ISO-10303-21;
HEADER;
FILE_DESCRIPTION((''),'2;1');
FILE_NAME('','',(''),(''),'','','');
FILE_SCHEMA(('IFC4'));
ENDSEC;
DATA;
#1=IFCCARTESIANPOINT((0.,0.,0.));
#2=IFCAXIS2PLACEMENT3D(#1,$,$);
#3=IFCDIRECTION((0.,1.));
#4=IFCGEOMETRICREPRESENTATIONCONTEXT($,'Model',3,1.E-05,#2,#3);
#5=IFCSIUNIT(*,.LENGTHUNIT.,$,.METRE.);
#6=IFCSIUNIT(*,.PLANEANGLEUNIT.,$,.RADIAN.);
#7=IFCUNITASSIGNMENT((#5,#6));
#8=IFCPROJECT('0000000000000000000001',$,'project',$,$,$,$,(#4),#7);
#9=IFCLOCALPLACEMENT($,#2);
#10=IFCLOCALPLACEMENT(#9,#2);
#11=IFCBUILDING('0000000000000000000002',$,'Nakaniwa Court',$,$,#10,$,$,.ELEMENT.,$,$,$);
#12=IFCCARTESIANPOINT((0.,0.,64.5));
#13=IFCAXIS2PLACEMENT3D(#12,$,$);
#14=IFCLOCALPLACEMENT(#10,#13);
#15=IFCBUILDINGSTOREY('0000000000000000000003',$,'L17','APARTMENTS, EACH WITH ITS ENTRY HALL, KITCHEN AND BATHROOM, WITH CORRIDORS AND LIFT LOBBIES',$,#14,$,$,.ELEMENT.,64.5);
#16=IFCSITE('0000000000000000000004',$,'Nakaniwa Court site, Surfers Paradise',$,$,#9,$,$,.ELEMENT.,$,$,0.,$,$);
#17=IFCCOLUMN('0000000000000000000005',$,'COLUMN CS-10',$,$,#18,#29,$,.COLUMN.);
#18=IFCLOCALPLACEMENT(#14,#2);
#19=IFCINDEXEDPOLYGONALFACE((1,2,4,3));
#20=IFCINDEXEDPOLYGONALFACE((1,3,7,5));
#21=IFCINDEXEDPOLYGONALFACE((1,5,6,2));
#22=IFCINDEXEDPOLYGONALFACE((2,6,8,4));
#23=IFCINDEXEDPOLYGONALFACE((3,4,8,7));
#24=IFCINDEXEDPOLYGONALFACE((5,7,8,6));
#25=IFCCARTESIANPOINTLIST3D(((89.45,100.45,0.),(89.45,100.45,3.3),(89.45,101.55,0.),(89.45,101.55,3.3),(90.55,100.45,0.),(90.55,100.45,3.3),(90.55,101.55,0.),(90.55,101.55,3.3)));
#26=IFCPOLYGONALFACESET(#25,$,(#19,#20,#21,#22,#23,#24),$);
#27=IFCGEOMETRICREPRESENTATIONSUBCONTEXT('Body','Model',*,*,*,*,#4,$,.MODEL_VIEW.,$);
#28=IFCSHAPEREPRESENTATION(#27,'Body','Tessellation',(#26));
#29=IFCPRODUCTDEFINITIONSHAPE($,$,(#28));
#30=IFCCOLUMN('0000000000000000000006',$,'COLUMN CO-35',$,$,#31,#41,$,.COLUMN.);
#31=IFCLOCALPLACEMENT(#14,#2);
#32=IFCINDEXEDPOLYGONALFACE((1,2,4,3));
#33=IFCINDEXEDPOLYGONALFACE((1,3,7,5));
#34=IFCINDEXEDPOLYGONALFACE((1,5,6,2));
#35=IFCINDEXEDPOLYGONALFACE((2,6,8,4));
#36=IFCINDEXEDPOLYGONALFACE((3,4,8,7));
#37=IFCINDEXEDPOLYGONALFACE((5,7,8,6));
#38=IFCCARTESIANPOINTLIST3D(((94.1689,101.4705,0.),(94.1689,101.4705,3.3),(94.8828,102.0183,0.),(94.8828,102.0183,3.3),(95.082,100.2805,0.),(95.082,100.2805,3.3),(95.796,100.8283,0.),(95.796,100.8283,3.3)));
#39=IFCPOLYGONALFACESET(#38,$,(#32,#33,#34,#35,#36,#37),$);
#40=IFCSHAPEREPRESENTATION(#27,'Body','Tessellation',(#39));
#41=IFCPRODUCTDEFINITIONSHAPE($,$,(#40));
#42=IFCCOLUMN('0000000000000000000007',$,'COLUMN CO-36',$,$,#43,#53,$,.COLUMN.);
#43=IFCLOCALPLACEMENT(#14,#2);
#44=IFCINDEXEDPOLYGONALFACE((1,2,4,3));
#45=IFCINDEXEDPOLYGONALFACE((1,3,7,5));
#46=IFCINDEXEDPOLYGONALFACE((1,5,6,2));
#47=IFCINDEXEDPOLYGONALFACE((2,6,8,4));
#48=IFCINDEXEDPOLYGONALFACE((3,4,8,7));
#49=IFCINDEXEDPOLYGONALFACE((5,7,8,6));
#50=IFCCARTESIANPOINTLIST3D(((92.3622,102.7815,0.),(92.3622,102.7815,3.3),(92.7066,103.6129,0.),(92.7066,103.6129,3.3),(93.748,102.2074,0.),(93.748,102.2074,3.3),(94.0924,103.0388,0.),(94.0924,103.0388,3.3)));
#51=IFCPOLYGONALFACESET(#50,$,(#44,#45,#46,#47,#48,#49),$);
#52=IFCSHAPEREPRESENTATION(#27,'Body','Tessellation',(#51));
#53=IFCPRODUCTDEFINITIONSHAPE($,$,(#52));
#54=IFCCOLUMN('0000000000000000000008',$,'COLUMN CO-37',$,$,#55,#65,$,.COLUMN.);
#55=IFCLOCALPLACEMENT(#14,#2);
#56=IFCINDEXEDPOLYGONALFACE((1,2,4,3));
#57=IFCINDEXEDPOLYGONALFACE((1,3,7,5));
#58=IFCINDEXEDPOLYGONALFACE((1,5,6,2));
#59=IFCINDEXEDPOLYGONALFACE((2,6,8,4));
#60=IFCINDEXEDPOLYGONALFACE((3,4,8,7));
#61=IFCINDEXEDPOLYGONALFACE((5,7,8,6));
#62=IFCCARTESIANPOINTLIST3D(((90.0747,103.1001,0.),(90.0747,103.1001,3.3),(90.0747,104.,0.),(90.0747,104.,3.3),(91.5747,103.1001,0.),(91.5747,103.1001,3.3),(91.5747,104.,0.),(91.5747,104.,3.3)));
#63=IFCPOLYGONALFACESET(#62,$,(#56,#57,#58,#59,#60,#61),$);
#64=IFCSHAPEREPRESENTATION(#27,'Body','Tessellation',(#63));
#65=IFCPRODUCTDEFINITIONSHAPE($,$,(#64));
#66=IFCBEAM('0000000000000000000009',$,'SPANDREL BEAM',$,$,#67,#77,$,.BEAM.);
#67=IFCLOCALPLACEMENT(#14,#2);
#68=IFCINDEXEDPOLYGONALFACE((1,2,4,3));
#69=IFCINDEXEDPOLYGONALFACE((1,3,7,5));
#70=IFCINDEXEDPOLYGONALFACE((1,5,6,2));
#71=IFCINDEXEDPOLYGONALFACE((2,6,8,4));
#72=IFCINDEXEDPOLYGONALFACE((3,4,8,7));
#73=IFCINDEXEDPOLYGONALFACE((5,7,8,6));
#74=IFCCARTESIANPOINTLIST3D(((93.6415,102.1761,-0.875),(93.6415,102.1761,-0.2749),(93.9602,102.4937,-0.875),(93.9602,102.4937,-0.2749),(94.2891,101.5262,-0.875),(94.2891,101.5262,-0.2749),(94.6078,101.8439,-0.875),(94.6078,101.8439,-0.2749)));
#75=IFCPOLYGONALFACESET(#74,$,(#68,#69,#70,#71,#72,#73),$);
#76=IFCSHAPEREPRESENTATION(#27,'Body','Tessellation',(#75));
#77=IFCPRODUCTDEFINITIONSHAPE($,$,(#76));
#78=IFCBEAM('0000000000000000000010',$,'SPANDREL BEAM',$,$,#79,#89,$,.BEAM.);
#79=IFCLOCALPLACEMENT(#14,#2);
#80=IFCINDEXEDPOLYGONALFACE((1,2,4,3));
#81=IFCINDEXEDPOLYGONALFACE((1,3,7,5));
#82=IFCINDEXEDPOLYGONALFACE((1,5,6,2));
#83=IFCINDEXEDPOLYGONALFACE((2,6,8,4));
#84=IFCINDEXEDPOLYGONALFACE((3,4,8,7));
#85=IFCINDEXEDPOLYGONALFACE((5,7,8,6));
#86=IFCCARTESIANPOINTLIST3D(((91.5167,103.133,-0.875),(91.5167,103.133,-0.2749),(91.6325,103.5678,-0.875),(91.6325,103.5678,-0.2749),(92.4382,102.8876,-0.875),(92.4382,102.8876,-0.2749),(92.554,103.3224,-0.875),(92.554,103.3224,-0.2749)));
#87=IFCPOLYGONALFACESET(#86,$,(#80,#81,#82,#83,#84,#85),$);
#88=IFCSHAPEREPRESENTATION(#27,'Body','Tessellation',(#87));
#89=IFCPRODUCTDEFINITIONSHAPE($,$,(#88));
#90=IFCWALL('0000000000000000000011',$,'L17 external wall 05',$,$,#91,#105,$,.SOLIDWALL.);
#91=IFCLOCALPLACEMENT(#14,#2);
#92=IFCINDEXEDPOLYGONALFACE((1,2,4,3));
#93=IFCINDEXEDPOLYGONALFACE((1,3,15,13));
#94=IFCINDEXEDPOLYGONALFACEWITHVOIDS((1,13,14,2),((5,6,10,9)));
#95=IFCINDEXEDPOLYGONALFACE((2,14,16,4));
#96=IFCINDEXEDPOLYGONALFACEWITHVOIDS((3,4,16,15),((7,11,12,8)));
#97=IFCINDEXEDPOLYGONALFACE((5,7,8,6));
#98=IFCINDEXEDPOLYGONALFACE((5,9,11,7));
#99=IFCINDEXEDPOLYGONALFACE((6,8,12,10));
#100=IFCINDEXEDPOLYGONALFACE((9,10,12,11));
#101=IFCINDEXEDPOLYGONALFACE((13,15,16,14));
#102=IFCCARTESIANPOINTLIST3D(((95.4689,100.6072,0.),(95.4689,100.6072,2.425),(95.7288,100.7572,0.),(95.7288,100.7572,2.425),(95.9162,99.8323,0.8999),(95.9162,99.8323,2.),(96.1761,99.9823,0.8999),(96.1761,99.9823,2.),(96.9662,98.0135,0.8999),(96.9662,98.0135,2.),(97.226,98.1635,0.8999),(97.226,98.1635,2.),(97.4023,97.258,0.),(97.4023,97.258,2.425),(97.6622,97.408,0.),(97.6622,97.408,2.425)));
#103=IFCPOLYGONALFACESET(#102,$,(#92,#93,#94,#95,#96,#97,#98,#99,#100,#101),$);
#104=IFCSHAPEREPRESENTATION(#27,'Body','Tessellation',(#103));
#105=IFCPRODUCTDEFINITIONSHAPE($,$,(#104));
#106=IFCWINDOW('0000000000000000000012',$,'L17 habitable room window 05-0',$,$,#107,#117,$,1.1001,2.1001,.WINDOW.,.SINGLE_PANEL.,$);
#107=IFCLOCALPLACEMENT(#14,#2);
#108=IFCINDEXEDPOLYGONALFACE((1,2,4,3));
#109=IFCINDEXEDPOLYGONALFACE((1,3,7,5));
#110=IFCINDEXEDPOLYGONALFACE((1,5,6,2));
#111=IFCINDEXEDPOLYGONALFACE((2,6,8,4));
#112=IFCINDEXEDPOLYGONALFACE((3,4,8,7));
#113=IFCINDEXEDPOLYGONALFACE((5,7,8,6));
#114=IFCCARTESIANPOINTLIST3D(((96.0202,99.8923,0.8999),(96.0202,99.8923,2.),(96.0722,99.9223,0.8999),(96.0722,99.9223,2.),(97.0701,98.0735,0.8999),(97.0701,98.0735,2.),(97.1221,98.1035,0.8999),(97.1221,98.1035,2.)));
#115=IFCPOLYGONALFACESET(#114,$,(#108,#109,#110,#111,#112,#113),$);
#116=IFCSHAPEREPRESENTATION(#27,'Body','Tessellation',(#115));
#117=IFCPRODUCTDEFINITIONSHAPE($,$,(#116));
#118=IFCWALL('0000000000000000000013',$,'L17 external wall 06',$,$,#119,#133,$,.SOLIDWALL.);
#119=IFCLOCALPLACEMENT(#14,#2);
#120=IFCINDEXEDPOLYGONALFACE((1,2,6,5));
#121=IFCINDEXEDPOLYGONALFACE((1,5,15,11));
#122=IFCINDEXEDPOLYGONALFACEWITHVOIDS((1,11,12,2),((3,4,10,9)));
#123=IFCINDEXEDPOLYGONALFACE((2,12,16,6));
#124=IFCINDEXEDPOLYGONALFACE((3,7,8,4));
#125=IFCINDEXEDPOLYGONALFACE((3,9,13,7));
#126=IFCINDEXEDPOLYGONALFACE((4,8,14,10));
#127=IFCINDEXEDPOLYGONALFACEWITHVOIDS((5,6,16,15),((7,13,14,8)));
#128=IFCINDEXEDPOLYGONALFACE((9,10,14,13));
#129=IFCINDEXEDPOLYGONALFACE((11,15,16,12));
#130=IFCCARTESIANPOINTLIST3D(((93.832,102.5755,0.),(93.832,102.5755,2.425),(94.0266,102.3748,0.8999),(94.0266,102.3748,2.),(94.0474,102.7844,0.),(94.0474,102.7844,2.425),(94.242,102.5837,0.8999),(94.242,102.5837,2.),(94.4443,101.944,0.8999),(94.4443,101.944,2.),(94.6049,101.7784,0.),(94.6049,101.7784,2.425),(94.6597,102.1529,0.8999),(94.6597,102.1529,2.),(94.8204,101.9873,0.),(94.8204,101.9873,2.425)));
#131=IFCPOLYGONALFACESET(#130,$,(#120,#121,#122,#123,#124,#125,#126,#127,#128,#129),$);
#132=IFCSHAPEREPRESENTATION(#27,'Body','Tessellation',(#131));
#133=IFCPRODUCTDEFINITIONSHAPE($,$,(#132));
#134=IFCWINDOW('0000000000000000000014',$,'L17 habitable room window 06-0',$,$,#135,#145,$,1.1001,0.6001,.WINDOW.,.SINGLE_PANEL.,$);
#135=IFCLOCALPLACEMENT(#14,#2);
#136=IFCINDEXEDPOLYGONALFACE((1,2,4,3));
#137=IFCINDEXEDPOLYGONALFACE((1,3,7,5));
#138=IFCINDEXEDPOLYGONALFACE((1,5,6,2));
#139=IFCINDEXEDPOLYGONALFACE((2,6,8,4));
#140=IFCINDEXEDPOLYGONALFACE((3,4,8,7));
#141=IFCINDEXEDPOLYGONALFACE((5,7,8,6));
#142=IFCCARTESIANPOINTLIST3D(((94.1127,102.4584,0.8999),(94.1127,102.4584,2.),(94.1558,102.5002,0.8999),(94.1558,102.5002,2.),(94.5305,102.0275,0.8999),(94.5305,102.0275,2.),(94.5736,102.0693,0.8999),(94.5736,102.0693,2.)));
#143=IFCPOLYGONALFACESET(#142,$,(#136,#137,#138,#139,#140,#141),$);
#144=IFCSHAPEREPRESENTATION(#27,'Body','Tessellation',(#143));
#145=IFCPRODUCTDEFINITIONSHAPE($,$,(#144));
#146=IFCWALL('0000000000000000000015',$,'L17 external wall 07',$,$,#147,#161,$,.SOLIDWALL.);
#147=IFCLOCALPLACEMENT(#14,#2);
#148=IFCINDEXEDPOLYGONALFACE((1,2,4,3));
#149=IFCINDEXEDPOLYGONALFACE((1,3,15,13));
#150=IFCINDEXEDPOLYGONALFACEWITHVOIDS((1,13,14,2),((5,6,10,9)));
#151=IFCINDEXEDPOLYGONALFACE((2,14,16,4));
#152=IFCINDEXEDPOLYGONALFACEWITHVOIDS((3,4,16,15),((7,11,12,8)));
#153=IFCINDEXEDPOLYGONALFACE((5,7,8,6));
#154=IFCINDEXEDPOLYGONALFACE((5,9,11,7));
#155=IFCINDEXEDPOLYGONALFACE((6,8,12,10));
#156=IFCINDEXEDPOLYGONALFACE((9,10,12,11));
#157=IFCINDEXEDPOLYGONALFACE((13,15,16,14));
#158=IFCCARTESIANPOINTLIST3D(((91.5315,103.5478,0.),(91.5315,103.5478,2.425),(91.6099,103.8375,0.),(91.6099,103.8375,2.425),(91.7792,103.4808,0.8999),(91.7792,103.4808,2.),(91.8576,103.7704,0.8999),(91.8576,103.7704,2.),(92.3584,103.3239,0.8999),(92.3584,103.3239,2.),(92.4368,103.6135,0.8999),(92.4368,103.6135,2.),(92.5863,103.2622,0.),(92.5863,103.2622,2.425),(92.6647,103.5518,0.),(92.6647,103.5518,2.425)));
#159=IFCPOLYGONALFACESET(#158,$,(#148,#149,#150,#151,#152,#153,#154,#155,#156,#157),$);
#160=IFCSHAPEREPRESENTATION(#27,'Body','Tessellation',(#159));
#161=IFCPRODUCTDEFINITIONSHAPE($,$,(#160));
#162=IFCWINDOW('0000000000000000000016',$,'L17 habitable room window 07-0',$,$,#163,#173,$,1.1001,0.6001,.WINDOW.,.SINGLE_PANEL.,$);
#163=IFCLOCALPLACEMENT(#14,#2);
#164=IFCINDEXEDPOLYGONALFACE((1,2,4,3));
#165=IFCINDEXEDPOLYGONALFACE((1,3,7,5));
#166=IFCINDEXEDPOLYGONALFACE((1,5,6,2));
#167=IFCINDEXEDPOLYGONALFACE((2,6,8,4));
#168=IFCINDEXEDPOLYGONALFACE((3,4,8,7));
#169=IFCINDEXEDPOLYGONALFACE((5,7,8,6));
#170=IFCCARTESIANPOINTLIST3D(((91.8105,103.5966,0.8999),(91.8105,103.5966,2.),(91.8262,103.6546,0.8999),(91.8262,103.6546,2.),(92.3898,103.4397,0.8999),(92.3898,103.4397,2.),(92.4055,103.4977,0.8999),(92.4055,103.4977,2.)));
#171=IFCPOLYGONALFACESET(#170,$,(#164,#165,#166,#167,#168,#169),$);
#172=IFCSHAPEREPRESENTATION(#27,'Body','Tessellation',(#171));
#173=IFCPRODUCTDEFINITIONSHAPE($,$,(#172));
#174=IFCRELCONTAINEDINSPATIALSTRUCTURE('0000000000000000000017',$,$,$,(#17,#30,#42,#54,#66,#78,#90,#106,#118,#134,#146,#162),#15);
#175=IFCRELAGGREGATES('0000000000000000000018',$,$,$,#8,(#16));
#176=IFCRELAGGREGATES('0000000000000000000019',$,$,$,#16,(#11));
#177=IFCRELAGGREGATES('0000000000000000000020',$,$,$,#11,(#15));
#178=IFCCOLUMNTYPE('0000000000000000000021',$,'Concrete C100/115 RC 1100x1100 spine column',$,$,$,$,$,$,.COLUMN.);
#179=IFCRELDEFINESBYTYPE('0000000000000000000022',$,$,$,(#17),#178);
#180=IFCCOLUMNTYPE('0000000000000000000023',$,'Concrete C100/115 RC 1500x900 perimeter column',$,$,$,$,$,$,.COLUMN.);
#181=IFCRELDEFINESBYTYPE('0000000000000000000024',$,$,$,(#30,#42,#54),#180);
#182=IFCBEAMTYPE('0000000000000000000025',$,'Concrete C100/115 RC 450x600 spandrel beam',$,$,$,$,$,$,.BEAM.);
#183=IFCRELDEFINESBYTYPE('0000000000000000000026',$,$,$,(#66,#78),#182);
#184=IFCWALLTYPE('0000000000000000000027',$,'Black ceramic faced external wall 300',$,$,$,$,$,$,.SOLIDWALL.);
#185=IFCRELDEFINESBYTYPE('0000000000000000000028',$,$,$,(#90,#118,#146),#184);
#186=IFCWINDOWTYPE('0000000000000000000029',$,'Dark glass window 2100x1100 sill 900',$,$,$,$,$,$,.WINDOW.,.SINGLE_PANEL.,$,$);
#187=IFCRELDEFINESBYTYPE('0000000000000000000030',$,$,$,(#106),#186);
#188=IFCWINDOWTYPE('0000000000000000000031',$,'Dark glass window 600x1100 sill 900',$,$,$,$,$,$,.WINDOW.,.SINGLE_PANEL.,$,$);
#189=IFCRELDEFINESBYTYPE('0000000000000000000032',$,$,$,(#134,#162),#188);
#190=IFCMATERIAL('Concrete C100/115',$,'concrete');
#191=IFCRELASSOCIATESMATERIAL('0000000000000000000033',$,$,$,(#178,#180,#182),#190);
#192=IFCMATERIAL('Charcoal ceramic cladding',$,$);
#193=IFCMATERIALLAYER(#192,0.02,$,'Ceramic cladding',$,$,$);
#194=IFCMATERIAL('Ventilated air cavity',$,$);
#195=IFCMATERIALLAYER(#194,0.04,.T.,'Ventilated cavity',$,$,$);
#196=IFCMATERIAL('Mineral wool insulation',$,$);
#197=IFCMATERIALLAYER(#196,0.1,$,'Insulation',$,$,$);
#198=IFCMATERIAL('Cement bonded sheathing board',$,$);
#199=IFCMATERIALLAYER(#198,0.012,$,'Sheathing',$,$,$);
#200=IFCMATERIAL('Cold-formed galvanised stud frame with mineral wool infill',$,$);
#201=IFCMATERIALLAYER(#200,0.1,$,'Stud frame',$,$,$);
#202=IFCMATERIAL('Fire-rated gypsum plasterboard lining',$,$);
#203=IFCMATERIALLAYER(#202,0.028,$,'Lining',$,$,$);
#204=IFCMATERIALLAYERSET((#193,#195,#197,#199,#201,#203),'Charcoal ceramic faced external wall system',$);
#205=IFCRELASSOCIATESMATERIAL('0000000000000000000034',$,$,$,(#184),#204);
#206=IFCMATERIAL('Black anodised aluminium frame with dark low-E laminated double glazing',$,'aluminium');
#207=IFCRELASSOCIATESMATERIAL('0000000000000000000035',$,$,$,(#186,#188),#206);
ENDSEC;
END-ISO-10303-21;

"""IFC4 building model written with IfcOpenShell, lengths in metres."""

from ifc_helpers import new_model, si_unit, direction, frame, frame_2d, origin, origin_2d, place, context, subcontext, project, spatial, rectangle, extrude, material, layer, layer_set, material_profile, profile_set, type_object, element, fill, save


model = new_model("IFC4")

# Units and contexts
model_context = context("Model", 3, precision=1e-05, world=origin(), true_north=direction((0.0, 1.0)))
body_context = subcontext(model_context, "Body", "Model", "MODEL_VIEW")
ifc_project = project(units=[si_unit("LENGTHUNIT", "METRE"), si_unit("PLANEANGLEUNIT", "RADIAN")], contexts=[model_context])

# Site, building, storey
site_placement = place(None, origin())
site = spatial("IfcSite", under=ifc_project, at=site_placement, Name="Nakaniwa Court site, Surfers Paradise", CompositionType="ELEMENT", RefElevation=0.0)
building_placement = place(site_placement, origin())
building = spatial("IfcBuilding", under=site, at=building_placement, Name="Nakaniwa Court", CompositionType="ELEMENT")
storey_placement = place(building_placement, frame((0.0, 0.0, 64.5)))
storey = spatial("IfcBuildingStorey", under=building, at=storey_placement, Name="L17", Description="APARTMENTS, EACH WITH ITS ENTRY HALL, KITCHEN AND BATHROOM, WITH CORRIDORS AND LIFT LOBBIES", CompositionType="ELEMENT", Elevation=64.5)

# Columns
ifc_material_1 = material(Name="Concrete C100/115", Category="concrete")
ifc_material_profile_1 = material_profile(ifc_material_1, rectangle(XDim=1.1001, YDim=1.1001, at=origin_2d()), Name="Concrete C100/115 RC 1100x1100 spine column")
ifc_profile_set_1 = profile_set([ifc_material_profile_1], Name="Concrete C100/115")
column_type_1 = type_object("IfcColumnType", Name="Concrete C100/115 RC 1100x1100 spine column", PredefinedType="COLUMN", material=ifc_profile_set_1)
column_placement = place(storey_placement, frame((90.0, 101.0, 0.0), z_axis=(0.0, 0.0, 1.0), x_axis=(0.0, 1.0, 0.0)))
element("IfcColumn", 1, at=column_placement, inside=storey, type_object=column_type_1, Name="COLUMN CS-10", PredefinedType="COLUMN", context=body_context, shape_type="SweptSolid", body=[
    extrude(rectangle(XDim=1.1001, YDim=1.1001, at=origin_2d()), origin(), (0.0, 0.0, 1.0), 3.3),
])
ifc_material_profile_2 = material_profile(ifc_material_1, rectangle(XDim=1.5, YDim=0.8999, at=origin_2d()), Name="Concrete C100/115 RC 1500x900 perimeter column")
ifc_profile_set_2 = profile_set([ifc_material_profile_2], Name="Concrete C100/115")
column_type_2 = type_object("IfcColumnType", Name="Concrete C100/115 RC 1500x900 perimeter column", PredefinedType="COLUMN", material=ifc_profile_set_2)
for number, where, z_axis, x_axis, name in (
    (2, (94.9824, 101.1494, 0.0), (0.0, 0.0, 1.0), (-0.608761, 0.793353, 0.0), "COLUMN CO-35"),
    (3, (93.2273, 102.9102, 0.0), (0.0, 0.0, 1.0), (-0.92388, 0.382683, 0.0), "COLUMN CO-36"),
    (4, (90.8247, 103.55, 0.0), (0.0, 0.0, 1.0), (-1.0, 0.0, 0.0), "COLUMN CO-37"),
):
    element("IfcColumn", number, at=place(storey_placement, frame(where, z_axis=z_axis, x_axis=x_axis)), inside=storey, type_object=column_type_2, Name=name, PredefinedType="COLUMN", context=body_context, shape_type="SweptSolid", body=[
        extrude(rectangle(XDim=1.5, YDim=0.8999, at=origin_2d()), origin(), (0.0, 0.0, 1.0), 3.3),
    ])

# Beams
ifc_material_profile_3 = material_profile(ifc_material_1, rectangle(XDim=0.45, YDim=0.6001, at=origin_2d()), Name="Concrete C100/115 RC 450x600 spandrel beam")
ifc_profile_set_3 = profile_set([ifc_material_profile_3], Name="Concrete C100/115")
beam_type = type_object("IfcBeamType", Name="Concrete C100/115 RC 450x600 spandrel beam", PredefinedType="BEAM", material=ifc_profile_set_3)
beam_1_placement = place(storey_placement, frame((94.4485, 101.6851, -0.575), z_axis=(-0.705908, 0.708303, 0.0), x_axis=(-0.708303, -0.705908, 0.0)))
element("IfcBeam", 5, at=beam_1_placement, inside=storey, type_object=beam_type, Name="SPANDREL BEAM", PredefinedType="BEAM", context=body_context, shape_type="SweptSolid", body=[
    extrude(rectangle(XDim=0.45, YDim=0.6001, at=origin_2d()), origin(), (0.0, 0.0, 1.0), 0.9175),
])
beam_2_placement = place(storey_placement, frame((92.4961, 103.105, -0.575), z_axis=(-0.966324, 0.257328, 0.0), x_axis=(-0.257328, -0.966324, 0.0)))
element("IfcBeam", 6, at=beam_2_placement, inside=storey, type_object=beam_type, Name="SPANDREL BEAM", PredefinedType="BEAM", context=body_context, shape_type="SweptSolid", body=[
    extrude(rectangle(XDim=0.45, YDim=0.6001, at=origin_2d()), origin(), (0.0, 0.0, 1.0), 0.9536),
])

# Walls, openings, windows
ifc_material_2 = material(Name="Charcoal ceramic cladding")
ifc_layer_1 = layer(ifc_material_2, 0.02, Name="Ceramic cladding")
ifc_material_3 = material(Name="Ventilated air cavity")
ifc_layer_2 = layer(ifc_material_3, 0.04, ventilated=True, Name="Ventilated cavity")
ifc_material_4 = material(Name="Mineral wool insulation")
ifc_layer_3 = layer(ifc_material_4, 0.1, Name="Insulation")
ifc_material_5 = material(Name="Cement bonded sheathing board")
ifc_layer_4 = layer(ifc_material_5, 0.012, Name="Sheathing")
ifc_material_6 = material(Name="Cold-formed galvanised stud frame with mineral wool infill")
ifc_layer_5 = layer(ifc_material_6, 0.1, Name="Stud frame")
ifc_material_7 = material(Name="Fire-rated gypsum plasterboard lining")
ifc_layer_6 = layer(ifc_material_7, 0.028, Name="Lining")
ifc_layer_set = layer_set([ifc_layer_1, ifc_layer_2, ifc_layer_3, ifc_layer_4, ifc_layer_5, ifc_layer_6], Name="Charcoal ceramic faced external wall system")
wall_type = type_object("IfcWallType", Name="Black ceramic faced external wall 300", PredefinedType="SOLIDWALL", material=ifc_layer_set)
wall_1_placement = place(storey_placement, frame((97.5322, 97.333, 0.0), z_axis=(0.0, 0.0, 1.0), x_axis=(-0.499948, 0.866055, 0.0)))
wall_1 = element("IfcWall", 7, at=wall_1_placement, inside=storey, type_object=wall_type, Name="L17 external wall 05", PredefinedType="SOLIDWALL", context=body_context, shape_type="SweptSolid", body=[
    extrude(rectangle(XDim=3.8672, YDim=0.3, at=frame_2d((1.9336, 0.0))), origin(), (0.0, 0.0, 1.0), 2.425),
])
opening_1_placement = place(wall_1_placement, frame((0.8723, 0.0, 0.8999)))
opening_1 = element("IfcOpeningElement", 8, at=opening_1_placement, cuts=wall_1, PredefinedType="OPENING", context=body_context, shape_type="SweptSolid", body=[
    extrude(rectangle(XDim=2.1001, YDim=1.1001, at=frame_2d((1.05, 0.55))), frame((0.0, 0.1599, 0.0), z_axis=(0.0, -1.0, 0.0), x_axis=(1.0, 0.0, 0.0)), (0.0, 0.0, 1.0), 0.3201),
])
ifc_material_8 = material(Name="Black anodised aluminium frame with dark low-E laminated double glazing", Category="aluminium")
window_type_1 = type_object("IfcWindowType", Name="Dark glass window 2100x1100 sill 900", PartitioningType="SINGLE_PANEL", PredefinedType="WINDOW", material=ifc_material_8)
window_1_placement = place(opening_1_placement, origin())
window_1 = element("IfcWindow", 9, at=window_1_placement, inside=storey, type_object=window_type_1, Name="L17 habitable room window 05-0", OverallHeight=1.1001, OverallWidth=2.1001, PartitioningType="SINGLE_PANEL", PredefinedType="WINDOW", context=body_context, shape_type="SweptSolid", body=[
    extrude(rectangle(XDim=2.1001, YDim=1.1001, at=frame_2d((1.05, 0.55))), frame((0.0, 0.03, 0.0), z_axis=(0.0, -1.0, 0.0), x_axis=(1.0, 0.0, 0.0)), (0.0, 0.0, 1.0), 0.0601),
])
fill(opening_1, window_1)
wall_2_placement = place(storey_placement, frame((94.7126, 101.8828, 0.0), z_axis=(0.0, 0.0, 1.0), x_axis=(-0.696139, 0.717907, 0.0)))
wall_2 = element("IfcWall", 10, at=wall_2_placement, inside=storey, type_object=wall_type, Name="L17 external wall 06", PredefinedType="SOLIDWALL", context=body_context, shape_type="SweptSolid", body=[
    extrude(rectangle(XDim=1.1104, YDim=0.3, at=frame_2d((0.5552, 0.0))), origin(), (0.0, 0.0, 1.0), 2.425),
])
opening_2_placement = place(wall_2_placement, frame((0.2307, 0.0, 0.8999)))
opening_2 = element("IfcOpeningElement", 11, at=opening_2_placement, cuts=wall_2, PredefinedType="OPENING", context=body_context, shape_type="SweptSolid", body=[
    extrude(rectangle(XDim=0.6001, YDim=1.1001, at=frame_2d((0.3, 0.55))), frame((0.0, 0.1599, 0.0), z_axis=(0.0, -1.0, 0.0), x_axis=(1.0, 0.0, 0.0)), (0.0, 0.0, 1.0), 0.3201),
])
window_type_2 = type_object("IfcWindowType", Name="Dark glass window 600x1100 sill 900", PartitioningType="SINGLE_PANEL", PredefinedType="WINDOW", material=ifc_material_8)
window_2_placement = place(opening_2_placement, origin())
window_2 = element("IfcWindow", 12, at=window_2_placement, inside=storey, type_object=window_type_2, Name="L17 habitable room window 06-0", OverallHeight=1.1001, OverallWidth=0.6001, PartitioningType="SINGLE_PANEL", PredefinedType="WINDOW", context=body_context, shape_type="SweptSolid", body=[
    extrude(rectangle(XDim=0.6001, YDim=1.1001, at=frame_2d((0.3, 0.55))), frame((0.0, 0.03, 0.0), z_axis=(0.0, -1.0, 0.0), x_axis=(1.0, 0.0, 0.0)), (0.0, 0.0, 1.0), 0.0601),
])
fill(opening_2, window_2)
wall_3_placement = place(storey_placement, frame((92.6255, 103.407, 0.0), z_axis=(0.0, 0.0, 1.0), x_axis=(-0.965226, 0.261415, 0.0)))
wall_3 = element("IfcWall", 13, at=wall_3_placement, inside=storey, type_object=wall_type, Name="L17 external wall 07", PredefinedType="SOLIDWALL", context=body_context, shape_type="SweptSolid", body=[
    extrude(rectangle(XDim=1.0928, YDim=0.3, at=frame_2d((0.5464, 0.0))), origin(), (0.0, 0.0, 1.0), 2.425),
])
opening_3_placement = place(wall_3_placement, frame((0.2361, 0.0, 0.8999)))
opening_3 = element("IfcOpeningElement", 14, at=opening_3_placement, cuts=wall_3, PredefinedType="OPENING", context=body_context, shape_type="SweptSolid", body=[
    extrude(rectangle(XDim=0.6001, YDim=1.1001, at=frame_2d((0.3, 0.55))), frame((0.0, 0.1599, 0.0), z_axis=(0.0, -1.0, 0.0), x_axis=(1.0, 0.0, 0.0)), (0.0, 0.0, 1.0), 0.3201),
])
window_3_placement = place(opening_3_placement, origin())
window_3 = element("IfcWindow", 15, at=window_3_placement, inside=storey, type_object=window_type_2, Name="L17 habitable room window 07-0", OverallHeight=1.1001, OverallWidth=0.6001, PartitioningType="SINGLE_PANEL", PredefinedType="WINDOW", context=body_context, shape_type="SweptSolid", body=[
    extrude(rectangle(XDim=0.6001, YDim=1.1001, at=frame_2d((0.3, 0.55))), frame((0.0, 0.03, 0.0), z_axis=(0.0, -1.0, 0.0), x_axis=(1.0, 0.0, 0.0)), (0.0, 0.0, 1.0), 0.0601),
])
fill(opening_3, window_3)

save(model, "model.ifc")
